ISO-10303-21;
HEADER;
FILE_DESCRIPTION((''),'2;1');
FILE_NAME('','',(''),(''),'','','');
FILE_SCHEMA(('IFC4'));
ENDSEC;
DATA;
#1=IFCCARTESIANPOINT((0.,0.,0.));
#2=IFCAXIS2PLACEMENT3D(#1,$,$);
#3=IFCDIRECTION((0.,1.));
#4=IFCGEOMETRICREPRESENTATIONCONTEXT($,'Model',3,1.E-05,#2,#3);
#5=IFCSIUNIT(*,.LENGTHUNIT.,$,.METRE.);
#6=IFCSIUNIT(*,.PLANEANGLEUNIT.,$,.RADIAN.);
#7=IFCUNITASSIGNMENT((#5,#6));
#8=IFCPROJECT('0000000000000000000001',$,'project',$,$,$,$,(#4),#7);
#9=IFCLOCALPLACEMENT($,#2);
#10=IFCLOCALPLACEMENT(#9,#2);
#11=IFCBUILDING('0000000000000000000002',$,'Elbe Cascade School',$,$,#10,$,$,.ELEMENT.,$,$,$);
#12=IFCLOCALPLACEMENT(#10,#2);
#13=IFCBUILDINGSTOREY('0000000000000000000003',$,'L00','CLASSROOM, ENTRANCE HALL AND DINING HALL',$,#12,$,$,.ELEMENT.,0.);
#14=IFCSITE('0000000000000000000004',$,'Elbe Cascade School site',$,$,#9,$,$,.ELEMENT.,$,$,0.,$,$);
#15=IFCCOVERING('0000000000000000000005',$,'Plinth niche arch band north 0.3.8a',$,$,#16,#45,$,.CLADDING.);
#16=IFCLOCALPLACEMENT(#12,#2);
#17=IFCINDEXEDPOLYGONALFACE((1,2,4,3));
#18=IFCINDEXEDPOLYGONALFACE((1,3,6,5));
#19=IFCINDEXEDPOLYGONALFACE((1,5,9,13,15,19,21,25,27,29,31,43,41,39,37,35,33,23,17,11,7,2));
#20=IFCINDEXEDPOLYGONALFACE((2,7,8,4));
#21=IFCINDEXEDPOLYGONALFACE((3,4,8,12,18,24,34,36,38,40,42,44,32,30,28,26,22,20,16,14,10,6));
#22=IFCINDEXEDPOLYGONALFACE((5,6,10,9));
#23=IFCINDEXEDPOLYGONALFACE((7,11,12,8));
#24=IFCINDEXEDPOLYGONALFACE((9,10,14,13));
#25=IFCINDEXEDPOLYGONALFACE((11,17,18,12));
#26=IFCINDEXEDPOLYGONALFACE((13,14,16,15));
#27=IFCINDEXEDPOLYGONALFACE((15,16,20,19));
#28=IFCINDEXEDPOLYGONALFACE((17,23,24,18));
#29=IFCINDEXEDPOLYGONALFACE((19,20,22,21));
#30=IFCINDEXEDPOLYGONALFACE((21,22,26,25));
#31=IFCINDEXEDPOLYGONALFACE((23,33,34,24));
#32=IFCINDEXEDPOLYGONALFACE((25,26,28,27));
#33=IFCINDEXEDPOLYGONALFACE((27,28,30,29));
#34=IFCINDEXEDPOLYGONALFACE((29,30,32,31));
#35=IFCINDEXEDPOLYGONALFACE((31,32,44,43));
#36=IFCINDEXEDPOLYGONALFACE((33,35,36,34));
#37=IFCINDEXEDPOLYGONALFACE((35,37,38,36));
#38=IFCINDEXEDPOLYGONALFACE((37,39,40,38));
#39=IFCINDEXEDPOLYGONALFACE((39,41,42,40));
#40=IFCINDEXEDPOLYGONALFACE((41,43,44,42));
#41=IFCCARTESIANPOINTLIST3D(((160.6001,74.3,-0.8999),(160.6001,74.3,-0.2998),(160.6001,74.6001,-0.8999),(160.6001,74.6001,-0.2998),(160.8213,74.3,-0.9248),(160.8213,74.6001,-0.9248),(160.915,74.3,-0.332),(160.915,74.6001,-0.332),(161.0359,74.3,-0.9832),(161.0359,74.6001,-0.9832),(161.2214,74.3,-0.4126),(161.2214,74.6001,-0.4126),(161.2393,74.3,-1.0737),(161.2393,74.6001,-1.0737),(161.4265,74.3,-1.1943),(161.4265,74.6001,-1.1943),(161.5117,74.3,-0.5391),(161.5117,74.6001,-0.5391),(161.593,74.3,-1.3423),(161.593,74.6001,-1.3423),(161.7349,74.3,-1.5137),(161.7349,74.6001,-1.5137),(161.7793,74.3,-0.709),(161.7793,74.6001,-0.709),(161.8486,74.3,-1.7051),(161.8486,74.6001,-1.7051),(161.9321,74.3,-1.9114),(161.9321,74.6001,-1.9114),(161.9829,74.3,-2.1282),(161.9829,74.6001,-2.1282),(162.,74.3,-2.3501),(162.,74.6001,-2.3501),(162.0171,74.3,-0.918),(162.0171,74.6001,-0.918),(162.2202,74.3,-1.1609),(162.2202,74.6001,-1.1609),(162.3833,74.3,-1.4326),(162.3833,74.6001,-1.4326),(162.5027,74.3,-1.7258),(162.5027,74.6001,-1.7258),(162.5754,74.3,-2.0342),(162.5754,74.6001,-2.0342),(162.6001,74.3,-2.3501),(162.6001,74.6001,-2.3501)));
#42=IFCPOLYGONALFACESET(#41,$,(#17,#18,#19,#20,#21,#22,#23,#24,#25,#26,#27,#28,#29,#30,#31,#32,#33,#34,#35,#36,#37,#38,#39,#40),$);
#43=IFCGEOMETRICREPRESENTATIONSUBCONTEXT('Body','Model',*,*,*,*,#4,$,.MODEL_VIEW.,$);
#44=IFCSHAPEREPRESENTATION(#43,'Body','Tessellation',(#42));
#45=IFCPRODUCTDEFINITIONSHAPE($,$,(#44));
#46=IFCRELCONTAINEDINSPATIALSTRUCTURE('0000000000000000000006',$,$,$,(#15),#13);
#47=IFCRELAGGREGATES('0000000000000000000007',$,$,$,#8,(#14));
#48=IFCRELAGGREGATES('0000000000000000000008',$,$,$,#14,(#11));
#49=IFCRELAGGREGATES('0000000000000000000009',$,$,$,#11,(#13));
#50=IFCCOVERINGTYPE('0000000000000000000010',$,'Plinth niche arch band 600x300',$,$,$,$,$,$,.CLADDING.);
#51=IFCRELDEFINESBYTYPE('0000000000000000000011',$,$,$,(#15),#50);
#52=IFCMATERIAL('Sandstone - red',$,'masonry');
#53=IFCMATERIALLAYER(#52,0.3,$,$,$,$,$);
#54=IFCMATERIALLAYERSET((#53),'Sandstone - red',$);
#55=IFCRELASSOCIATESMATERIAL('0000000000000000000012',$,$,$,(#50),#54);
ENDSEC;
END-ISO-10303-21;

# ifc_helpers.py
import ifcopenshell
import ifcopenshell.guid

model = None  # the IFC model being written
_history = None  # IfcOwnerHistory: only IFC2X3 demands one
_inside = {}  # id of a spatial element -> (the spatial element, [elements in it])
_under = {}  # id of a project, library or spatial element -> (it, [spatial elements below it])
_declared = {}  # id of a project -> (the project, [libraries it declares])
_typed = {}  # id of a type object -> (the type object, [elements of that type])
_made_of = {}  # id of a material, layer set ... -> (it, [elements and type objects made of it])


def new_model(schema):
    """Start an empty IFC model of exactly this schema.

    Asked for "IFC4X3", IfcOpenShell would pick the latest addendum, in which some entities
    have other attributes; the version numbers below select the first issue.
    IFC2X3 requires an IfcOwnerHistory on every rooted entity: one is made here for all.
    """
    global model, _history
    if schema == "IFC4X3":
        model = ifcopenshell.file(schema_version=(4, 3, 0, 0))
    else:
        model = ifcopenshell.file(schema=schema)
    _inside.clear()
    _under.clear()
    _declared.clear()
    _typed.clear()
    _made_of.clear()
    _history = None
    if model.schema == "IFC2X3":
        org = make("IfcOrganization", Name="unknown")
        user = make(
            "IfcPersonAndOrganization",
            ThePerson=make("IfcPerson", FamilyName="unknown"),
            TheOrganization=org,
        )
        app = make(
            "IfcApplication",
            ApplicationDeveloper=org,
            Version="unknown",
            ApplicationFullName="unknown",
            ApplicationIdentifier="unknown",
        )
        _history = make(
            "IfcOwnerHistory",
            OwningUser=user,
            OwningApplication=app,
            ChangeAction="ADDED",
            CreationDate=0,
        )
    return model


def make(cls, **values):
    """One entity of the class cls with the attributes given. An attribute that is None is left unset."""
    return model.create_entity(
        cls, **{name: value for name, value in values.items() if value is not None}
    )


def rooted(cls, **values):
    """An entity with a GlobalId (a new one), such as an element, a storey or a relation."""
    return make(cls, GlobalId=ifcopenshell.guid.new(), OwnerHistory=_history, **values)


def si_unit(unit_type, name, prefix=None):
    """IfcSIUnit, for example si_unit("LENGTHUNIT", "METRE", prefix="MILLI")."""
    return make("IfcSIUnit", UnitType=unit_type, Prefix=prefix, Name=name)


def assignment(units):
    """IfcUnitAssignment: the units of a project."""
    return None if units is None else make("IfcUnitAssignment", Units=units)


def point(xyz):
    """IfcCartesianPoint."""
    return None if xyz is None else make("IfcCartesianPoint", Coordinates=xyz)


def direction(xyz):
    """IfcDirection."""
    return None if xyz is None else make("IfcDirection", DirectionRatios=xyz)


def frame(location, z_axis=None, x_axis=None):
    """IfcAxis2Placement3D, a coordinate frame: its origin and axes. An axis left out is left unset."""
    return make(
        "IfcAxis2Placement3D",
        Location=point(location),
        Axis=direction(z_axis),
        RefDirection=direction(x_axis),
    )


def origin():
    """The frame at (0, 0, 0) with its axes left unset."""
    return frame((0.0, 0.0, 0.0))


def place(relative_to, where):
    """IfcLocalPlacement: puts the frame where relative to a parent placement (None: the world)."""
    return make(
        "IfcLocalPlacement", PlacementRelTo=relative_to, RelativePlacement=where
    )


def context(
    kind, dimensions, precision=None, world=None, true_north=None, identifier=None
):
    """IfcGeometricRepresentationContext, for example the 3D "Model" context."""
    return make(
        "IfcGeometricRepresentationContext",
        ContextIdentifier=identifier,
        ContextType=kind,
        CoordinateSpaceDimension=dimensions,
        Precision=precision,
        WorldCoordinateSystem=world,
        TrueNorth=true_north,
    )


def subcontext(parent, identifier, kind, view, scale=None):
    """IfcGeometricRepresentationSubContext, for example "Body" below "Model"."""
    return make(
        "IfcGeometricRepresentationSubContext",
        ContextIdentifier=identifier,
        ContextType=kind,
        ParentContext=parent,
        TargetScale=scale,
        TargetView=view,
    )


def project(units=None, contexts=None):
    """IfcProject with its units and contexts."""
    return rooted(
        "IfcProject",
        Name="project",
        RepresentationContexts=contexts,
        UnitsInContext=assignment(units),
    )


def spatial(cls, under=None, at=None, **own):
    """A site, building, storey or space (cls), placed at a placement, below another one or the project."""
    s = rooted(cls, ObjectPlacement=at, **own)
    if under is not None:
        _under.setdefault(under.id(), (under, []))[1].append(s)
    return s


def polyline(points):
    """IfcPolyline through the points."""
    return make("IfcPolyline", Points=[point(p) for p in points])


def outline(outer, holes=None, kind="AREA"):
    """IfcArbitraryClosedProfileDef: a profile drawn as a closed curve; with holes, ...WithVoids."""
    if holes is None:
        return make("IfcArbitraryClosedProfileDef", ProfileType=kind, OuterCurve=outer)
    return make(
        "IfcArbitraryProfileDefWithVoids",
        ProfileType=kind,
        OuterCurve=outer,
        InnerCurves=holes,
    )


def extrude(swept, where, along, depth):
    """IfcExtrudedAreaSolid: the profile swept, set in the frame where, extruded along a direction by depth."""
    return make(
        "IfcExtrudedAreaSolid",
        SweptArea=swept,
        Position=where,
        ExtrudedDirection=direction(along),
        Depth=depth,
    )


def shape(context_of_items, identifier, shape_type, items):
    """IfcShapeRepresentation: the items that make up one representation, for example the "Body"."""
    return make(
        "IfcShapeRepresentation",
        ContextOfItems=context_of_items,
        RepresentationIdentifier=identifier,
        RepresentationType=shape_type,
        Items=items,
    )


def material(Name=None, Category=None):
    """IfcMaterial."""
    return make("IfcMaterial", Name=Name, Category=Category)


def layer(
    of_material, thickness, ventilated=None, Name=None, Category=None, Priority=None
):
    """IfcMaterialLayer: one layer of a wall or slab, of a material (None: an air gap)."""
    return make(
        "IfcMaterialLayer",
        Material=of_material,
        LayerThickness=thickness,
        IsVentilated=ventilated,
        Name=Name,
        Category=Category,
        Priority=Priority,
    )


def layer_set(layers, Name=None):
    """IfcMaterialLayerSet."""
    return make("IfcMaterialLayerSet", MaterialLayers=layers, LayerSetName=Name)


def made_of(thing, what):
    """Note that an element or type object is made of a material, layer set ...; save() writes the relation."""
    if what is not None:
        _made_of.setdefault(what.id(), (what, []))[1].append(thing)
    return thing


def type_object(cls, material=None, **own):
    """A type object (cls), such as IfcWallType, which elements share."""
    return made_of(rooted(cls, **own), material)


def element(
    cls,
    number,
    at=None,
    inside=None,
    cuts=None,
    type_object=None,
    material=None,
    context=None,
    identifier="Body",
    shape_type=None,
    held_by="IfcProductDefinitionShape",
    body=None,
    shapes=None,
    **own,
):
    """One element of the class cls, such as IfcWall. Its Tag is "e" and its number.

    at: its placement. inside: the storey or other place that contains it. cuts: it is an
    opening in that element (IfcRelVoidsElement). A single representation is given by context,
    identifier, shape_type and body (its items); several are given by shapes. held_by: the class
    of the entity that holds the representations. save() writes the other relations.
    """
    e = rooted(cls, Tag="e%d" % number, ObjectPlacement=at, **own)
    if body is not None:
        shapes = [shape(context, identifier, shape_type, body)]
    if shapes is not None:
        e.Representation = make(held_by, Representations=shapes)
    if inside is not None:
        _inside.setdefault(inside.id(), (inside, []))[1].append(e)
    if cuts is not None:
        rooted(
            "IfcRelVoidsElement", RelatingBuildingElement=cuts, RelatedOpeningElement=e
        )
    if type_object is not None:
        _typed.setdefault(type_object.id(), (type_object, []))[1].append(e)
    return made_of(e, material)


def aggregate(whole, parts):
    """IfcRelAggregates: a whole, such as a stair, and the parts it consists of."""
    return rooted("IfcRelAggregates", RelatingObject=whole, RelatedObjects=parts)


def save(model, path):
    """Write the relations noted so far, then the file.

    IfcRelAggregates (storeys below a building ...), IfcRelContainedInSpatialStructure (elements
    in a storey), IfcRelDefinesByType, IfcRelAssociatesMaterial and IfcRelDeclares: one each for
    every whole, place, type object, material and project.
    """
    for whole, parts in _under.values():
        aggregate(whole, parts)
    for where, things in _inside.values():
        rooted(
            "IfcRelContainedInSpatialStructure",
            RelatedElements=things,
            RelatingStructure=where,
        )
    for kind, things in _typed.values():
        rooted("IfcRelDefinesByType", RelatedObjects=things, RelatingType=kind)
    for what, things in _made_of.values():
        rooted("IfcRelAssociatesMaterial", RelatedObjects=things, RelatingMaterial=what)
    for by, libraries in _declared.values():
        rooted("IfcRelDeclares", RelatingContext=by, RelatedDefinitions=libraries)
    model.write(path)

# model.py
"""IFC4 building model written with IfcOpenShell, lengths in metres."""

from ifc_helpers import new_model, si_unit, direction, frame, origin, place, context, subcontext, project, spatial, polyline, outline, extrude, material, layer, layer_set, type_object, element, save


model = new_model("IFC4")

# Units and contexts
model_context = context("Model", 3, precision=1e-05, world=origin(), true_north=direction((0.0, 1.0)))
body_context = subcontext(model_context, "Body", "Model", "MODEL_VIEW")
ifc_project = project(units=[si_unit("LENGTHUNIT", "METRE"), si_unit("PLANEANGLEUNIT", "RADIAN")], contexts=[model_context])

# Site, building, storey
site_placement = place(None, origin())
site = spatial("IfcSite", under=ifc_project, at=site_placement, Name="Elbe Cascade School site", CompositionType="ELEMENT", RefElevation=0.0)
building_placement = place(site_placement, origin())
building = spatial("IfcBuilding", under=site, at=building_placement, Name="Elbe Cascade School", CompositionType="ELEMENT")
storey_placement = place(building_placement, origin())
storey = spatial("IfcBuildingStorey", under=building, at=storey_placement, Name="L00", Description="CLASSROOM, ENTRANCE HALL AND DINING HALL", CompositionType="ELEMENT", Elevation=0.0)

# Covering
ifc_material_1 = material(Name="Sandstone - red", Category="masonry")
ifc_layer_1 = layer(ifc_material_1, 0.3)
ifc_layer_set_1 = layer_set([ifc_layer_1], Name="Sandstone - red")
covering_type_1 = type_object("IfcCoveringType", Name="Plinth niche arch band 600x300", PredefinedType="CLADDING", material=ifc_layer_set_1)
covering_1_placement = place(storey_placement, frame((162.6001, 74.6001, -2.3501), z_axis=(0.0, 1.0, 0.0), x_axis=(-1.0, 0.0, 0.0)))
element("IfcCovering", 1, at=covering_1_placement, inside=storey, type_object=covering_type_1, Name="Plinth niche arch band north 0.3.8a", PredefinedType="CLADDING", context=body_context, shape_type="SweptSolid", body=[
    extrude(outline(polyline([(0.0, 0.0), (0.6001, 0.0), (0.6172, 0.2219), (0.668, 0.4387), (0.7515, 0.645), (0.8652, 0.8364), (1.0071, 1.0078), (1.1736, 1.1558), (1.3608, 1.2764), (1.5642, 1.3669), (1.7788, 1.4253), (2.0, 1.4502), (2.0, 2.0503), (1.6851, 2.0181), (1.3787, 1.9375), (1.0884, 1.811), (0.8208, 1.6411), (0.583, 1.4321), (0.3799, 1.1892), (0.2168, 0.9175), (0.0974, 0.6243), (0.0247, 0.3159), (0.0, 0.0)])), origin(), (0.0, 0.0, -1.0), 0.3),
])

save(model, "model.ifc")
